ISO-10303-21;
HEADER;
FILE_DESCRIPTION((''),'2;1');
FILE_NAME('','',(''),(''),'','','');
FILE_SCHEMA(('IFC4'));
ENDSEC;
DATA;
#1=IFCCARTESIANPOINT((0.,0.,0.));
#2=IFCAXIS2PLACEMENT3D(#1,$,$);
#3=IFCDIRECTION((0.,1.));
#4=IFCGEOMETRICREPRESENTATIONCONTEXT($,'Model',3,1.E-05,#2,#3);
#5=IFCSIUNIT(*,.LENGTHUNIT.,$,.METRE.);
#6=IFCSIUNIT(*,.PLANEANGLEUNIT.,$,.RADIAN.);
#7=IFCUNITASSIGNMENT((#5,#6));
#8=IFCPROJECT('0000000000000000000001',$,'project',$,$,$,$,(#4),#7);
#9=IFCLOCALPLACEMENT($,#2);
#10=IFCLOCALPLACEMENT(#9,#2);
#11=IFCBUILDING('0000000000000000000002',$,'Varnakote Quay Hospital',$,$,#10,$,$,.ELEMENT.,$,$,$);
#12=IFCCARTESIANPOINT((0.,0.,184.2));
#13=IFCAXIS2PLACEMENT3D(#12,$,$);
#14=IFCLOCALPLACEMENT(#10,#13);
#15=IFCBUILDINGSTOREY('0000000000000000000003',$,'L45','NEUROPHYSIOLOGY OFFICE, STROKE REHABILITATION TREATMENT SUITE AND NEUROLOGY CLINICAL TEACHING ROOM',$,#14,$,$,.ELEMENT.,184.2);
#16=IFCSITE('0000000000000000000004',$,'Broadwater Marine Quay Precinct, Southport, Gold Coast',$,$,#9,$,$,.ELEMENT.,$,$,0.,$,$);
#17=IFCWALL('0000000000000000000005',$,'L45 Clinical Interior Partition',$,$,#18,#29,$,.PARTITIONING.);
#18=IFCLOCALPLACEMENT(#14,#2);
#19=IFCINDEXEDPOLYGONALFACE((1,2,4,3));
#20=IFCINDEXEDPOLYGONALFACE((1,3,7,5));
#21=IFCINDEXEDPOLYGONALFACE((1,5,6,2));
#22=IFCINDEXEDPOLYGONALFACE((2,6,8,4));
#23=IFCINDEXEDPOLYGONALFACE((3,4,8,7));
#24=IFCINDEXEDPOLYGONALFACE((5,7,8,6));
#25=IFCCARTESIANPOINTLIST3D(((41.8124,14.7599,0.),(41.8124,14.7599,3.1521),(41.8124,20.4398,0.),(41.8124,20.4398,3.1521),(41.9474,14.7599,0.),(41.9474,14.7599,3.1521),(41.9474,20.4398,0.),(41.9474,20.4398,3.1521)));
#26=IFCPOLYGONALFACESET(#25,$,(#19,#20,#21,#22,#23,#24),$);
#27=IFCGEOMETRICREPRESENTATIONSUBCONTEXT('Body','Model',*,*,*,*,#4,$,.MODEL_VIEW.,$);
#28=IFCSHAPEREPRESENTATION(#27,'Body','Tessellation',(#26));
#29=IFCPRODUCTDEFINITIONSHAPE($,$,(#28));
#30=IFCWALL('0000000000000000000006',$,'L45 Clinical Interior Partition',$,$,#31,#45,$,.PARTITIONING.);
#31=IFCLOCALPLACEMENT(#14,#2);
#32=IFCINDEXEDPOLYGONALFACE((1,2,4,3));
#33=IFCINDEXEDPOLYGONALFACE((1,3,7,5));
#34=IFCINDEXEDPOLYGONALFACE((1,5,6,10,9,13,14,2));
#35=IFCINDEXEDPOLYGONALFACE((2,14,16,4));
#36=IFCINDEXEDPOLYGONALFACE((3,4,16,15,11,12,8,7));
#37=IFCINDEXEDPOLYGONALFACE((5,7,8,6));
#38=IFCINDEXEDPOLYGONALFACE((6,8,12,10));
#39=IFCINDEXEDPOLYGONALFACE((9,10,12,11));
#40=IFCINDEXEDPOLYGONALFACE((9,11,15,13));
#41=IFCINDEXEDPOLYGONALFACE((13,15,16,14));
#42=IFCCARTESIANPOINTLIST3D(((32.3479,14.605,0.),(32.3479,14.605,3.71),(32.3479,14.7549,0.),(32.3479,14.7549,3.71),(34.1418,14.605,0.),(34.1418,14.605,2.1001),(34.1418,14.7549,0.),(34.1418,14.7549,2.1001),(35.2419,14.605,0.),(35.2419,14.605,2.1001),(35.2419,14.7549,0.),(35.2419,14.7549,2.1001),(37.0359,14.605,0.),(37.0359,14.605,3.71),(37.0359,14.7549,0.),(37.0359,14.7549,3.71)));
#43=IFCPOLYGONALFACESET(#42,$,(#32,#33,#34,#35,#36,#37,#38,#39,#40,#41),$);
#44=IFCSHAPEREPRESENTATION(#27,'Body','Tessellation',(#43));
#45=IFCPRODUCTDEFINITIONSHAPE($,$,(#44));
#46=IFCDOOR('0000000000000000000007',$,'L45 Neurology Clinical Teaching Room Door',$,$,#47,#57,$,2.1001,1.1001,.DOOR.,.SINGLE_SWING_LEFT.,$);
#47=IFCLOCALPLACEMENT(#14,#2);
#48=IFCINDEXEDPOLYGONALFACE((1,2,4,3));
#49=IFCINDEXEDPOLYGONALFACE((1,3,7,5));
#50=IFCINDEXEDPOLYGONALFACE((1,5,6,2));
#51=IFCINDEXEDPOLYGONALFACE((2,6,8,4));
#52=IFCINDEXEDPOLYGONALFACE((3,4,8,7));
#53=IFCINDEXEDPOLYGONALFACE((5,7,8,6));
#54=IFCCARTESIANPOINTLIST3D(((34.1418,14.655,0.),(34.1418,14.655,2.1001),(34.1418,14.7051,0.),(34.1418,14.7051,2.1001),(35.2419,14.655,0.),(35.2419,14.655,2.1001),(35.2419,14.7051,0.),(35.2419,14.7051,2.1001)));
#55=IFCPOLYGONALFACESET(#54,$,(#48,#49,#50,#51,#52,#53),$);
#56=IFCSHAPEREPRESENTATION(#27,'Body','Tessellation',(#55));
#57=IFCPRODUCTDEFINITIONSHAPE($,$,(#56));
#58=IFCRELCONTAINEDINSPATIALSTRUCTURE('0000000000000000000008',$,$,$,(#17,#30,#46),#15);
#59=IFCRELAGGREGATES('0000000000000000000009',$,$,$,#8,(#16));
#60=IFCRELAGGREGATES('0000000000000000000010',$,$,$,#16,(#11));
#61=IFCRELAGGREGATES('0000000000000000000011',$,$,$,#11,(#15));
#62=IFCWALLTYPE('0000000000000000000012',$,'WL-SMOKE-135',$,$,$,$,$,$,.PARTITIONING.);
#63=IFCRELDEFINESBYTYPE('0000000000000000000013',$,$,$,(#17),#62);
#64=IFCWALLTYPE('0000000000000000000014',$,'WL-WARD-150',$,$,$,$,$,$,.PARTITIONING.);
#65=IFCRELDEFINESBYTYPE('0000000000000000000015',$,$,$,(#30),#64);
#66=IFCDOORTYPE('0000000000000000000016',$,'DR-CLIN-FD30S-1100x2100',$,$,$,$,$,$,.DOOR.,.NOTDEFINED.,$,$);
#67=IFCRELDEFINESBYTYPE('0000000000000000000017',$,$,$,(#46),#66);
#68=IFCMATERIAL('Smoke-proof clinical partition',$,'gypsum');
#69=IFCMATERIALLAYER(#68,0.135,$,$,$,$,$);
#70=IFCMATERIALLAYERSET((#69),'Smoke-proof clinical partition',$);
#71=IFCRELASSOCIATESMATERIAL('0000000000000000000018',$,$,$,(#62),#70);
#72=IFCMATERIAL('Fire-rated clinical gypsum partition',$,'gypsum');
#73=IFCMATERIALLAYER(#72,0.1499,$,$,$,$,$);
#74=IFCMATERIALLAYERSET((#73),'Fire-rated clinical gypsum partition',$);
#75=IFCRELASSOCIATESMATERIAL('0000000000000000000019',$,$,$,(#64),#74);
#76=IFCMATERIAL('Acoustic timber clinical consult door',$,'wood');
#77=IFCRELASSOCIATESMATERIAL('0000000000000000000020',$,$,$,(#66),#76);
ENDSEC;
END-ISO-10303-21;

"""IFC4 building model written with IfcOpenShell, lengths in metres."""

from ifc_helpers import new_model, si_unit, direction, frame, frame_2d, origin, place, context, subcontext, project, spatial, rectangle, extrude, material, layer, layer_set, type_object, element, fill, save


model = new_model("IFC4")

# Units and contexts
model_context = context("Model", 3, precision=1e-05, world=origin(), true_north=direction((0.0, 1.0)))
body_context = subcontext(model_context, "Body", "Model", "MODEL_VIEW")
ifc_project = project(units=[si_unit("LENGTHUNIT", "METRE"), si_unit("PLANEANGLEUNIT", "RADIAN")], contexts=[model_context])

# Site, building, storey
site_placement = place(None, origin())
site = spatial("IfcSite", under=ifc_project, at=site_placement, Name="Broadwater Marine Quay Precinct, Southport, Gold Coast", CompositionType="ELEMENT", RefElevation=0.0)
building_placement = place(site_placement, origin())
building = spatial("IfcBuilding", under=site, at=building_placement, Name="Varnakote Quay Hospital", CompositionType="ELEMENT")
storey_placement = place(building_placement, frame((0.0, 0.0, 184.2)))
storey = spatial("IfcBuildingStorey", under=building, at=storey_placement, Name="L45", Description="NEUROPHYSIOLOGY OFFICE, STROKE REHABILITATION TREATMENT SUITE AND NEUROLOGY CLINICAL TEACHING ROOM", CompositionType="ELEMENT", Elevation=184.2)

# Wall
ifc_material_1 = material(Name="Smoke-proof clinical partition", Category="gypsum")
ifc_layer_1 = layer(ifc_material_1, 0.135)
ifc_layer_set_1 = layer_set([ifc_layer_1], Name="Smoke-proof clinical partition")
wall_type_1 = type_object("IfcWallType", Name="WL-SMOKE-135", PredefinedType="PARTITIONING", material=ifc_layer_set_1)
wall_1_placement = place(storey_placement, frame((41.8799, 14.76, 0.0), z_axis=(0.0, 0.0, 1.0), x_axis=(0.0, 1.0, 0.0)))
element("IfcWall", 1, at=wall_1_placement, inside=storey, type_object=wall_type_1, Name="L45 Clinical Interior Partition", PredefinedType="PARTITIONING", context=body_context, shape_type="SweptSolid", body=[
    extrude(rectangle(XDim=5.6799, YDim=0.135, at=frame_2d((2.8398, 0.0))), origin(), (0.0, 0.0, 1.0), 3.1521),
])

# Wall, opening, door
ifc_material_2 = material(Name="Fire-rated clinical gypsum partition", Category="gypsum")
ifc_layer_2 = layer(ifc_material_2, 0.1499)
ifc_layer_set_2 = layer_set([ifc_layer_2], Name="Fire-rated clinical gypsum partition")
wall_type_2 = type_object("IfcWallType", Name="WL-WARD-150", PredefinedType="PARTITIONING", material=ifc_layer_set_2)
wall_2_placement = place(storey_placement, frame((37.0359, 14.6799, 0.0), z_axis=(0.0, 0.0, 1.0), x_axis=(-1.0, 0.0, 0.0)))
wall_2 = element("IfcWall", 2, at=wall_2_placement, inside=storey, type_object=wall_type_2, Name="L45 Clinical Interior Partition", PredefinedType="PARTITIONING", context=body_context, shape_type="SweptSolid", body=[
    extrude(rectangle(XDim=4.688, YDim=0.1499, at=frame_2d((2.344, 0.0))), origin(), (0.0, 0.0, 1.0), 3.71),
])
opening_1_placement = place(wall_2_placement, frame((1.7939, 0.0, 0.0)))
opening_1 = element("IfcOpeningElement", 3, at=opening_1_placement, cuts=wall_2, PredefinedType="OPENING", context=body_context, shape_type="SweptSolid", body=[
    extrude(rectangle(XDim=1.1001, YDim=2.1001, at=frame_2d((0.55, 1.05))), frame((0.0, 0.085, 0.0), z_axis=(0.0, -1.0, 0.0), x_axis=(1.0, 0.0, 0.0)), (0.0, 0.0, 1.0), 0.1699),
])
ifc_material_3 = material(Name="Acoustic timber clinical consult door", Category="wood")
door_type_1 = type_object("IfcDoorType", Name="DR-CLIN-FD30S-1100x2100", OperationType="NOTDEFINED", PredefinedType="DOOR", material=ifc_material_3)
door_1_placement = place(opening_1_placement, origin())
door_1 = element("IfcDoor", 4, at=door_1_placement, inside=storey, type_object=door_type_1, Name="L45 Neurology Clinical Teaching Room Door", OperationType="SINGLE_SWING_LEFT", OverallHeight=2.1001, OverallWidth=1.1001, PredefinedType="DOOR", context=body_context, shape_type="SweptSolid", body=[
    extrude(rectangle(XDim=1.1001, YDim=2.1001, at=frame_2d((0.55, 1.05))), frame((0.0, 0.0249, 0.0), z_axis=(0.0, -1.0, 0.0), x_axis=(1.0, 0.0, 0.0)), (0.0, 0.0, 1.0), 0.05),
])
fill(opening_1, door_1)

save(model, "model.ifc")
